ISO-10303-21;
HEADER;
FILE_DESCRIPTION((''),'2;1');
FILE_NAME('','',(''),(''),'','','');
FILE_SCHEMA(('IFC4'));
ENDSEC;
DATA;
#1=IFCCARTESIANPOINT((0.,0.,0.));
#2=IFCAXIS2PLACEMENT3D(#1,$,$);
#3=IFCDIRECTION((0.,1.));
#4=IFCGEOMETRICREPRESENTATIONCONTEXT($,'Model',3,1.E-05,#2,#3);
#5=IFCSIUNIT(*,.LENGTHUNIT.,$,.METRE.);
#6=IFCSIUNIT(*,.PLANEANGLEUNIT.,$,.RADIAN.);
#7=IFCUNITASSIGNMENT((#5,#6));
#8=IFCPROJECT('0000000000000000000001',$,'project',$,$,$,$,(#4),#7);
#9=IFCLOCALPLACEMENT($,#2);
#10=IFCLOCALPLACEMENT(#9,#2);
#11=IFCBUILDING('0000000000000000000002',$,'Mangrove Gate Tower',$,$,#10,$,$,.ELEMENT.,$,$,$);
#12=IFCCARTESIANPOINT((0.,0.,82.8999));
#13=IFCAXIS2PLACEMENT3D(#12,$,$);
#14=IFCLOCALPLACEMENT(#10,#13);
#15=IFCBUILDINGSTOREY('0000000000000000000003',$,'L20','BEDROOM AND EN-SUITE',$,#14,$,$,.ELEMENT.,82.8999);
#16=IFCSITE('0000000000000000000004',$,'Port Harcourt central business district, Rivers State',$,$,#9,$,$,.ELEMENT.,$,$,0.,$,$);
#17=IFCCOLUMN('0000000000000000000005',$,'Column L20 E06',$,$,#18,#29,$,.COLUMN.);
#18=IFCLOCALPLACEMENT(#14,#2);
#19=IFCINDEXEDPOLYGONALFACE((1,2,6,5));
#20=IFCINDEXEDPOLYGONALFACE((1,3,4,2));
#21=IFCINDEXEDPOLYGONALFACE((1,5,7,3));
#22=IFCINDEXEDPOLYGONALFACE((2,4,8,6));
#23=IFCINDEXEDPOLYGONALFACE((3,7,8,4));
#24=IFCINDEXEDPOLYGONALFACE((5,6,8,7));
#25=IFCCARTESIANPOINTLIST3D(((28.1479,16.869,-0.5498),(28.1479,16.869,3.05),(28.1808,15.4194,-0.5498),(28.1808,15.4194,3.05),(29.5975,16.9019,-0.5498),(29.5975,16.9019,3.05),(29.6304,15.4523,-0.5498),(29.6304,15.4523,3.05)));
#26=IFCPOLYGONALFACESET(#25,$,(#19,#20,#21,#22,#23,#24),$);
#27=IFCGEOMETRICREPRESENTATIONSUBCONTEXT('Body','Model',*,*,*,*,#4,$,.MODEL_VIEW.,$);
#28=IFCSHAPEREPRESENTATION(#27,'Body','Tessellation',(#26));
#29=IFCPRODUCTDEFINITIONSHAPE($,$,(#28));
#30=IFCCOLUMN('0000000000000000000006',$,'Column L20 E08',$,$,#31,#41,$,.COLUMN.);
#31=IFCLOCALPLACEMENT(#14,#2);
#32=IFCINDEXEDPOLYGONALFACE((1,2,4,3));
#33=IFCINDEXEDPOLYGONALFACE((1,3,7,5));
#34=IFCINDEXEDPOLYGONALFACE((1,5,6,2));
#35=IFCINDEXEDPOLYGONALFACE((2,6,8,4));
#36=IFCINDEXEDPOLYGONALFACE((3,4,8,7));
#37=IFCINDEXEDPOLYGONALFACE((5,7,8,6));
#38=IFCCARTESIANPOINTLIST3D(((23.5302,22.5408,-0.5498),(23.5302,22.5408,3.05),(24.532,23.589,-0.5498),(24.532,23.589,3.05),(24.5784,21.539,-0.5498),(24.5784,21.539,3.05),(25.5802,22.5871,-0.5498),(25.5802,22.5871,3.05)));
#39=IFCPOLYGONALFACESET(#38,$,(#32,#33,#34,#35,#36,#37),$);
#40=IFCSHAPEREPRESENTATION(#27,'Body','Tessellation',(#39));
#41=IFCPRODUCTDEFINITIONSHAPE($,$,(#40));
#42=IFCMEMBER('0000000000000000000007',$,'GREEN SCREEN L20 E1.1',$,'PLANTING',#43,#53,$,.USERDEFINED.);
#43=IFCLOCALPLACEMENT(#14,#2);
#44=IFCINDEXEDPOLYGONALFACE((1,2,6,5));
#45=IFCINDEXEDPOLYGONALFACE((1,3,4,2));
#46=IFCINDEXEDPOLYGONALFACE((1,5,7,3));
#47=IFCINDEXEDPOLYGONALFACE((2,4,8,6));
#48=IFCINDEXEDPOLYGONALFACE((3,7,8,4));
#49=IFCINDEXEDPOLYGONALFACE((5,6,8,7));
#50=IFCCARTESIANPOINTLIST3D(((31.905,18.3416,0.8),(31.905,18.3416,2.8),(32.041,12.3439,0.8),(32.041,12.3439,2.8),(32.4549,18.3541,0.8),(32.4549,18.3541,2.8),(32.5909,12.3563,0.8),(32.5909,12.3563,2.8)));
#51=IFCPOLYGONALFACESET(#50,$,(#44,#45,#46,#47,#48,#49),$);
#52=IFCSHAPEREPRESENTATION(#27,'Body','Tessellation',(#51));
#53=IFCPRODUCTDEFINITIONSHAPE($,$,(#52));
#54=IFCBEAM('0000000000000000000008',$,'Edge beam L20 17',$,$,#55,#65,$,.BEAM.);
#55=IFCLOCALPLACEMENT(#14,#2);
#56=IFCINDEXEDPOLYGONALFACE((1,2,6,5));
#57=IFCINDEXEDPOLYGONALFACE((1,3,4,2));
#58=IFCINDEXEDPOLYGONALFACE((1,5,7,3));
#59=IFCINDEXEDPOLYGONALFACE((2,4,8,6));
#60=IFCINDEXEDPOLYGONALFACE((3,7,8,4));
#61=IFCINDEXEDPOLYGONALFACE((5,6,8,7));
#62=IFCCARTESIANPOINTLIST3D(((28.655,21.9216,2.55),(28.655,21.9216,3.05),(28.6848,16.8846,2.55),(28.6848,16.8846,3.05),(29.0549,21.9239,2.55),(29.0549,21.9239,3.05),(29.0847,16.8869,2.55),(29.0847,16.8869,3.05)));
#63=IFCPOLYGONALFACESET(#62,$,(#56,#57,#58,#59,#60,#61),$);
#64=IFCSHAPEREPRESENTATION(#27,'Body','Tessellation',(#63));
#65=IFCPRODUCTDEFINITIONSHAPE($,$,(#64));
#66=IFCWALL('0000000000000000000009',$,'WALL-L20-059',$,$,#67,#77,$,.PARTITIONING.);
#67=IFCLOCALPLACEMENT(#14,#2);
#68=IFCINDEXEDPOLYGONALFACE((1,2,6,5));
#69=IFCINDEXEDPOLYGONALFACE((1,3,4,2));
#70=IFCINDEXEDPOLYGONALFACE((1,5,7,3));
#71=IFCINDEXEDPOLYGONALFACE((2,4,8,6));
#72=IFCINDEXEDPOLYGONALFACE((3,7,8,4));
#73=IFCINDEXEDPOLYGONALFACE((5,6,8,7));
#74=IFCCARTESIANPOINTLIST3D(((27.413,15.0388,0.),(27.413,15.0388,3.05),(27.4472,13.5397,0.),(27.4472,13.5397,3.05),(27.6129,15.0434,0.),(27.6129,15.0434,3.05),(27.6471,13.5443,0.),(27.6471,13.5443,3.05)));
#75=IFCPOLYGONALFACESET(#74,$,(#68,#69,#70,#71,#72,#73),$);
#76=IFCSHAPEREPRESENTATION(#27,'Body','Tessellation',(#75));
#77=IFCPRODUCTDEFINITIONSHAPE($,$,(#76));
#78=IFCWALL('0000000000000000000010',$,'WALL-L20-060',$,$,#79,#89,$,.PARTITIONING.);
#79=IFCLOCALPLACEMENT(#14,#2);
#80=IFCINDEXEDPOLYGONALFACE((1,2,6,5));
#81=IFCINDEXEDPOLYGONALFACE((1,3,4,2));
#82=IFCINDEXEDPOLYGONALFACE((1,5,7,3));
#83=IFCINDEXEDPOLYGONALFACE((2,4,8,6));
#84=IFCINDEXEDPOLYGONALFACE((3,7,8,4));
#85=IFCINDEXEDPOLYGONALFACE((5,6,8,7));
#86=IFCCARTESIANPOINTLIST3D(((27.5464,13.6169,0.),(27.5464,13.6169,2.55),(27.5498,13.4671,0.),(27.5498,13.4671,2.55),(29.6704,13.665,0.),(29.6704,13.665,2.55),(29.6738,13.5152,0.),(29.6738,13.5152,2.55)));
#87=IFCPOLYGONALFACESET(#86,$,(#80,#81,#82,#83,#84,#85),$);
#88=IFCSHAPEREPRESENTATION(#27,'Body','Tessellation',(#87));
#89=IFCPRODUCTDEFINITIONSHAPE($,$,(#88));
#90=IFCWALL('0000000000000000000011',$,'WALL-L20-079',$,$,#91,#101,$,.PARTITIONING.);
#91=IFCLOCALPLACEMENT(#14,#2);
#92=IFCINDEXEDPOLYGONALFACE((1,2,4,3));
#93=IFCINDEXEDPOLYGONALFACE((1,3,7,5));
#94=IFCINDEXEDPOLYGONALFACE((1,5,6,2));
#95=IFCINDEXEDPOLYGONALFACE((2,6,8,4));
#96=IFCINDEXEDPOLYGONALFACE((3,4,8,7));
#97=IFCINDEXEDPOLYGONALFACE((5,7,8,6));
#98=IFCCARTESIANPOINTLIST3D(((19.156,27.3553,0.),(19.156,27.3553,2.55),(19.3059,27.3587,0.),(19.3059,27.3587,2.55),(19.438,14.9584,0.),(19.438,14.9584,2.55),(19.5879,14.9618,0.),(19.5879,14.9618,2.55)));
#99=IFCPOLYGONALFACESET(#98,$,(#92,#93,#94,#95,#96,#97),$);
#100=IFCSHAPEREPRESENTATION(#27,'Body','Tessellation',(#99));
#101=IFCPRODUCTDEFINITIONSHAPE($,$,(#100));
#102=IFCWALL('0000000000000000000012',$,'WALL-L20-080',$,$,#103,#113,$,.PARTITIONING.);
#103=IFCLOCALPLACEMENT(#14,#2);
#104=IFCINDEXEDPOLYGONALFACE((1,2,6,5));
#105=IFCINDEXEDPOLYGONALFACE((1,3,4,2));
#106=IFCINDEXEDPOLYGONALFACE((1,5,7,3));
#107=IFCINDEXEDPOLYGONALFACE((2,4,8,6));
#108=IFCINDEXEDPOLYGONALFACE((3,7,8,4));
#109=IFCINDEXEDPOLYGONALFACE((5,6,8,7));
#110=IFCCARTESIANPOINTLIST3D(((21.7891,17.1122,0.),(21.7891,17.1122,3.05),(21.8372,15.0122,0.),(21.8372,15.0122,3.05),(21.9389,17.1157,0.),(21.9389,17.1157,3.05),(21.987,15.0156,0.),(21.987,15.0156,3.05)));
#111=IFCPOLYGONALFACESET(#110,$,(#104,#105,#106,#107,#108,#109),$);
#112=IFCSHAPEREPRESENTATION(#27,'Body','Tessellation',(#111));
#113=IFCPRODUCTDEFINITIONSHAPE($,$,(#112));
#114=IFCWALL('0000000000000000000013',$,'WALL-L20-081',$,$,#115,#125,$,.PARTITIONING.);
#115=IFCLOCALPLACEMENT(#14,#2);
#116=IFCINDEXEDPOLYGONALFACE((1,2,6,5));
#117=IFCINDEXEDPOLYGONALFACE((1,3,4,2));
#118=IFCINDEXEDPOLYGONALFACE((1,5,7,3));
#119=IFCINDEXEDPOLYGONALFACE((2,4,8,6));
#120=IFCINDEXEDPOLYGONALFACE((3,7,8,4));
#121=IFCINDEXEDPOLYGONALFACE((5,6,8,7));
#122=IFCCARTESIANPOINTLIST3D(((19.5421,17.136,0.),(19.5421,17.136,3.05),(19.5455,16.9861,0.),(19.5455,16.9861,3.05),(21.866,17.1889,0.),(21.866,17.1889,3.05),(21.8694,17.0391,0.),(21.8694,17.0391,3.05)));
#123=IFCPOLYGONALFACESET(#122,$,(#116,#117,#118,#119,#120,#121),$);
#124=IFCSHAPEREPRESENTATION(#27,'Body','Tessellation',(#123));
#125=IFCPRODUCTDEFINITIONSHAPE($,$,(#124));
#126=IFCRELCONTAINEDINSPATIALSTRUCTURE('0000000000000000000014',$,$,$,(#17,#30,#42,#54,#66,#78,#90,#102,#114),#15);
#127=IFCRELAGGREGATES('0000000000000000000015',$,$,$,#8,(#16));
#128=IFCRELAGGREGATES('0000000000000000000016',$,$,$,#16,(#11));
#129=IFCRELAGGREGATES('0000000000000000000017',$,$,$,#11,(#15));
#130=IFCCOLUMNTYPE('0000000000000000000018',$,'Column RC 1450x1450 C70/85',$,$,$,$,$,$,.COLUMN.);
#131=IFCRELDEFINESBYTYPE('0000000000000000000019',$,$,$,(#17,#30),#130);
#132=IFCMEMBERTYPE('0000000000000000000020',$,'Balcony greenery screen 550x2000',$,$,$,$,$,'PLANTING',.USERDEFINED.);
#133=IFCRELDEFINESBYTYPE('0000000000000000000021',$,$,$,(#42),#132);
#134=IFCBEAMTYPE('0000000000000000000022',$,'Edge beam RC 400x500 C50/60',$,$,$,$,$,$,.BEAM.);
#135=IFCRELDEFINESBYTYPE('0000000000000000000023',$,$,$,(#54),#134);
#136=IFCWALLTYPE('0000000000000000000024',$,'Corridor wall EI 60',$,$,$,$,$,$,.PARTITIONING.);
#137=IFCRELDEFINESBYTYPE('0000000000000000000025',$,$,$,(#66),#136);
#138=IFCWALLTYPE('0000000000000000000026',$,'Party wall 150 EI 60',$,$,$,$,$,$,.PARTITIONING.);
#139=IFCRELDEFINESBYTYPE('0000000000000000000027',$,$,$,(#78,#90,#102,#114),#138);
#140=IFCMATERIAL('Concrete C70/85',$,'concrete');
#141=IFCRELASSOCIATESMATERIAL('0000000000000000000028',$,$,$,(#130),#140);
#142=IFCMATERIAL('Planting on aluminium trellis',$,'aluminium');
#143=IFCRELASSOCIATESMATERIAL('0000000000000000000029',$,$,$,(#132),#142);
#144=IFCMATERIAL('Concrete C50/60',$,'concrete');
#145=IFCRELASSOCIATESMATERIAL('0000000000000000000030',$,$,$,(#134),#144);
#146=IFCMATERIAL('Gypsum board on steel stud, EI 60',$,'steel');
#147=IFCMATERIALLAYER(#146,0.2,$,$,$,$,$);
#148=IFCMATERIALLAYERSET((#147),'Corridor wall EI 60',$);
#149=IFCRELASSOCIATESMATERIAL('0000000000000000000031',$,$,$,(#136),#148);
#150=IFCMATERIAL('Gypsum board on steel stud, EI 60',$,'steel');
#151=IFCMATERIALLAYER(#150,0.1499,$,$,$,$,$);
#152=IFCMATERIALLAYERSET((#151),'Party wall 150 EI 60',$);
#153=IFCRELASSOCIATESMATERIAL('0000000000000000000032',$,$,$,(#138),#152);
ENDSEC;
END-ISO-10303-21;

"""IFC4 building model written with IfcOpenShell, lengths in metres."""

from ifc_helpers import new_model, si_unit, direction, frame, frame_2d, origin, origin_2d, place, context, subcontext, project, spatial, rectangle, extrude, material, layer, layer_set, material_profile, profile_set, type_object, element, save


model = new_model("IFC4")

# Units and contexts
model_context = context("Model", 3, precision=1e-05, world=origin(), true_north=direction((0.0, 1.0)))
body_context = subcontext(model_context, "Body", "Model", "MODEL_VIEW")
ifc_project = project(units=[si_unit("LENGTHUNIT", "METRE"), si_unit("PLANEANGLEUNIT", "RADIAN")], contexts=[model_context])

# Site, building, storey
site_placement = place(None, origin())
site = spatial("IfcSite", under=ifc_project, at=site_placement, Name="Port Harcourt central business district, Rivers State", CompositionType="ELEMENT", RefElevation=0.0)
building_placement = place(site_placement, origin())
building = spatial("IfcBuilding", under=site, at=building_placement, Name="Mangrove Gate Tower", CompositionType="ELEMENT")
storey_placement = place(building_placement, frame((0.0, 0.0, 82.8999)))
storey = spatial("IfcBuildingStorey", under=building, at=storey_placement, Name="L20", Description="BEDROOM AND EN-SUITE", CompositionType="ELEMENT", Elevation=82.8999)

# Columns
ifc_material_1 = material(Name="Concrete C70/85", Category="concrete")
ifc_material_profile_1 = material_profile(ifc_material_1, rectangle(XDim=1.45, YDim=1.45, at=origin_2d()))
ifc_profile_set_1 = profile_set([ifc_material_profile_1], Name="Concrete C70/85")
column_type = type_object("IfcColumnType", Name="Column RC 1450x1450 C70/85", PredefinedType="COLUMN", material=ifc_profile_set_1)
for number, where, z_axis, x_axis, name in (
    (1, (28.8892, 16.1606, -0.5498), (0.0, 0.0, 1.0), (-0.022674, 0.999743, 0.0), "Column L20 E06"),
    (2, (24.5552, 22.564, -0.5498), (0.0, 0.0, 1.0), (-0.722914, 0.690938, 0.0), "Column L20 E08"),
):
    element("IfcColumn", number, at=place(storey_placement, frame(where, z_axis=z_axis, x_axis=x_axis)), inside=storey, type_object=column_type, Name=name, PredefinedType="COLUMN", context=body_context, shape_type="SweptSolid", body=[
        extrude(rectangle(XDim=1.45, YDim=1.45, at=origin_2d()), origin(), (0.0, 0.0, 1.0), 3.5999),
    ])

# Member
ifc_material_2 = material(Name="Planting on aluminium trellis", Category="aluminium")
ifc_material_profile_2 = material_profile(ifc_material_2, rectangle(XDim=0.55, YDim=2.0, at=origin_2d()))
ifc_profile_set_2 = profile_set([ifc_material_profile_2], Name="Planting on aluminium trellis")
member_type = type_object("IfcMemberType", Name="Balcony greenery screen 550x2000", ElementType="PLANTING", PredefinedType="USERDEFINED", material=ifc_profile_set_2)
member_placement = place(storey_placement, frame((32.3159, 12.3501, 1.8), z_axis=(-0.022667, 0.999743, 0.0), x_axis=(-0.999743, -0.022667, 0.0)))
element("IfcMember", 3, at=member_placement, inside=storey, type_object=member_type, Name="GREEN SCREEN L20 E1.1", ObjectType="PLANTING", PredefinedType="USERDEFINED", context=body_context, shape_type="SweptSolid", body=[
    extrude(rectangle(XDim=0.55, YDim=2.0, at=origin_2d()), origin(), (0.0, 0.0, 1.0), 5.9993),
])

# Beam
ifc_material_3 = material(Name="Concrete C50/60", Category="concrete")
ifc_material_profile_3 = material_profile(ifc_material_3, rectangle(XDim=0.3999, YDim=0.5, at=origin_2d()))
ifc_profile_set_3 = profile_set([ifc_material_profile_3], Name="Concrete C50/60")
beam_type = type_object("IfcBeamType", Name="Edge beam RC 400x500 C50/60", PredefinedType="BEAM", material=ifc_profile_set_3)
beam_placement = place(storey_placement, frame((28.8848, 16.8857, 2.8), z_axis=(-0.005913, 0.999983, 0.0), x_axis=(-0.999983, -0.005913, 0.0)))
element("IfcBeam", 4, at=beam_placement, inside=storey, type_object=beam_type, Name="Edge beam L20 17", PredefinedType="BEAM", context=body_context, shape_type="SweptSolid", body=[
    extrude(rectangle(XDim=0.3999, YDim=0.5, at=origin_2d()), origin(), (0.0, 0.0, 1.0), 5.0371),
])

# Walls
ifc_material_4 = material(Name="Gypsum board on steel stud, EI 60", Category="steel")
ifc_layer_1 = layer(ifc_material_4, 0.2)
ifc_layer_set_1 = layer_set([ifc_layer_1], Name="Corridor wall EI 60")
wall_type_1 = type_object("IfcWallType", Name="Corridor wall EI 60", PredefinedType="PARTITIONING", material=ifc_layer_set_1)
wall_1_placement = place(storey_placement, frame((27.5471, 13.542, 0.0), z_axis=(0.0, 0.0, 1.0), x_axis=(-0.022795, 0.99974, 0.0)))
element("IfcWall", 5, at=wall_1_placement, inside=storey, type_object=wall_type_1, Name="WALL-L20-059", PredefinedType="PARTITIONING", context=body_context, shape_type="SweptSolid", body=[
    extrude(rectangle(XDim=1.4995, YDim=0.2, at=frame_2d((0.7498, 0.0))), origin(), (0.0, 0.0, 1.0), 3.05),
])
ifc_material_5 = material(Name="Gypsum board on steel stud, EI 60", Category="steel")
ifc_layer_2 = layer(ifc_material_5, 0.1499)
ifc_layer_set_2 = layer_set([ifc_layer_2], Name="Party wall 150 EI 60")
wall_type_2 = type_object("IfcWallType", Name="Party wall 150 EI 60", PredefinedType="PARTITIONING", material=ifc_layer_set_2)
wall_2_placement = place(storey_placement, frame((27.5481, 13.542, 0.0), z_axis=(0.0, 0.0, 1.0), x_axis=(0.999744, 0.022638, 0.0)))
element("IfcWall", 6, at=wall_2_placement, inside=storey, type_object=wall_type_2, Name="WALL-L20-060", PredefinedType="PARTITIONING", context=body_context, shape_type="SweptSolid", body=[
    extrude(rectangle(XDim=2.1245, YDim=0.1499, at=frame_2d((1.0623, 0.0))), origin(), (0.0, 0.0, 1.0), 2.55),
])
wall_3_placement = place(storey_placement, frame((19.5129, 14.96, 0.0), z_axis=(0.0, 0.0, 1.0), x_axis=(-0.02274, 0.999741, 0.0)))
element("IfcWall", 7, at=wall_3_placement, inside=storey, type_object=wall_type_2, Name="WALL-L20-079", PredefinedType="PARTITIONING", context=body_context, shape_type="SweptSolid", body=[
    extrude(rectangle(XDim=12.4001, YDim=0.1499, at=frame_2d((6.2002, 0.0))), origin(), (0.0, 0.0, 1.0), 2.55),
])
wall_4_placement = place(storey_placement, frame((21.9121, 15.0139, 0.0), z_axis=(0.0, 0.0, 1.0), x_axis=(-0.022896, 0.999738, 0.0)))
element("IfcWall", 8, at=wall_4_placement, inside=storey, type_object=wall_type_2, Name="WALL-L20-080", PredefinedType="PARTITIONING", context=body_context, shape_type="SweptSolid", body=[
    extrude(rectangle(XDim=2.1006, YDim=0.1499, at=frame_2d((1.0503, 0.0))), origin(), (0.0, 0.0, 1.0), 3.05),
])
wall_5_placement = place(storey_placement, frame((19.5439, 17.061, 0.0), z_axis=(0.0, 0.0, 1.0), x_axis=(0.99974, 0.022791, 0.0)))
element("IfcWall", 9, at=wall_5_placement, inside=storey, type_object=wall_type_2, Name="WALL-L20-081", PredefinedType="PARTITIONING", context=body_context, shape_type="SweptSolid", body=[
    extrude(rectangle(XDim=2.3245, YDim=0.1499, at=frame_2d((1.1621, 0.0))), origin(), (0.0, 0.0, 1.0), 3.05),
])

save(model, "model.ifc")
